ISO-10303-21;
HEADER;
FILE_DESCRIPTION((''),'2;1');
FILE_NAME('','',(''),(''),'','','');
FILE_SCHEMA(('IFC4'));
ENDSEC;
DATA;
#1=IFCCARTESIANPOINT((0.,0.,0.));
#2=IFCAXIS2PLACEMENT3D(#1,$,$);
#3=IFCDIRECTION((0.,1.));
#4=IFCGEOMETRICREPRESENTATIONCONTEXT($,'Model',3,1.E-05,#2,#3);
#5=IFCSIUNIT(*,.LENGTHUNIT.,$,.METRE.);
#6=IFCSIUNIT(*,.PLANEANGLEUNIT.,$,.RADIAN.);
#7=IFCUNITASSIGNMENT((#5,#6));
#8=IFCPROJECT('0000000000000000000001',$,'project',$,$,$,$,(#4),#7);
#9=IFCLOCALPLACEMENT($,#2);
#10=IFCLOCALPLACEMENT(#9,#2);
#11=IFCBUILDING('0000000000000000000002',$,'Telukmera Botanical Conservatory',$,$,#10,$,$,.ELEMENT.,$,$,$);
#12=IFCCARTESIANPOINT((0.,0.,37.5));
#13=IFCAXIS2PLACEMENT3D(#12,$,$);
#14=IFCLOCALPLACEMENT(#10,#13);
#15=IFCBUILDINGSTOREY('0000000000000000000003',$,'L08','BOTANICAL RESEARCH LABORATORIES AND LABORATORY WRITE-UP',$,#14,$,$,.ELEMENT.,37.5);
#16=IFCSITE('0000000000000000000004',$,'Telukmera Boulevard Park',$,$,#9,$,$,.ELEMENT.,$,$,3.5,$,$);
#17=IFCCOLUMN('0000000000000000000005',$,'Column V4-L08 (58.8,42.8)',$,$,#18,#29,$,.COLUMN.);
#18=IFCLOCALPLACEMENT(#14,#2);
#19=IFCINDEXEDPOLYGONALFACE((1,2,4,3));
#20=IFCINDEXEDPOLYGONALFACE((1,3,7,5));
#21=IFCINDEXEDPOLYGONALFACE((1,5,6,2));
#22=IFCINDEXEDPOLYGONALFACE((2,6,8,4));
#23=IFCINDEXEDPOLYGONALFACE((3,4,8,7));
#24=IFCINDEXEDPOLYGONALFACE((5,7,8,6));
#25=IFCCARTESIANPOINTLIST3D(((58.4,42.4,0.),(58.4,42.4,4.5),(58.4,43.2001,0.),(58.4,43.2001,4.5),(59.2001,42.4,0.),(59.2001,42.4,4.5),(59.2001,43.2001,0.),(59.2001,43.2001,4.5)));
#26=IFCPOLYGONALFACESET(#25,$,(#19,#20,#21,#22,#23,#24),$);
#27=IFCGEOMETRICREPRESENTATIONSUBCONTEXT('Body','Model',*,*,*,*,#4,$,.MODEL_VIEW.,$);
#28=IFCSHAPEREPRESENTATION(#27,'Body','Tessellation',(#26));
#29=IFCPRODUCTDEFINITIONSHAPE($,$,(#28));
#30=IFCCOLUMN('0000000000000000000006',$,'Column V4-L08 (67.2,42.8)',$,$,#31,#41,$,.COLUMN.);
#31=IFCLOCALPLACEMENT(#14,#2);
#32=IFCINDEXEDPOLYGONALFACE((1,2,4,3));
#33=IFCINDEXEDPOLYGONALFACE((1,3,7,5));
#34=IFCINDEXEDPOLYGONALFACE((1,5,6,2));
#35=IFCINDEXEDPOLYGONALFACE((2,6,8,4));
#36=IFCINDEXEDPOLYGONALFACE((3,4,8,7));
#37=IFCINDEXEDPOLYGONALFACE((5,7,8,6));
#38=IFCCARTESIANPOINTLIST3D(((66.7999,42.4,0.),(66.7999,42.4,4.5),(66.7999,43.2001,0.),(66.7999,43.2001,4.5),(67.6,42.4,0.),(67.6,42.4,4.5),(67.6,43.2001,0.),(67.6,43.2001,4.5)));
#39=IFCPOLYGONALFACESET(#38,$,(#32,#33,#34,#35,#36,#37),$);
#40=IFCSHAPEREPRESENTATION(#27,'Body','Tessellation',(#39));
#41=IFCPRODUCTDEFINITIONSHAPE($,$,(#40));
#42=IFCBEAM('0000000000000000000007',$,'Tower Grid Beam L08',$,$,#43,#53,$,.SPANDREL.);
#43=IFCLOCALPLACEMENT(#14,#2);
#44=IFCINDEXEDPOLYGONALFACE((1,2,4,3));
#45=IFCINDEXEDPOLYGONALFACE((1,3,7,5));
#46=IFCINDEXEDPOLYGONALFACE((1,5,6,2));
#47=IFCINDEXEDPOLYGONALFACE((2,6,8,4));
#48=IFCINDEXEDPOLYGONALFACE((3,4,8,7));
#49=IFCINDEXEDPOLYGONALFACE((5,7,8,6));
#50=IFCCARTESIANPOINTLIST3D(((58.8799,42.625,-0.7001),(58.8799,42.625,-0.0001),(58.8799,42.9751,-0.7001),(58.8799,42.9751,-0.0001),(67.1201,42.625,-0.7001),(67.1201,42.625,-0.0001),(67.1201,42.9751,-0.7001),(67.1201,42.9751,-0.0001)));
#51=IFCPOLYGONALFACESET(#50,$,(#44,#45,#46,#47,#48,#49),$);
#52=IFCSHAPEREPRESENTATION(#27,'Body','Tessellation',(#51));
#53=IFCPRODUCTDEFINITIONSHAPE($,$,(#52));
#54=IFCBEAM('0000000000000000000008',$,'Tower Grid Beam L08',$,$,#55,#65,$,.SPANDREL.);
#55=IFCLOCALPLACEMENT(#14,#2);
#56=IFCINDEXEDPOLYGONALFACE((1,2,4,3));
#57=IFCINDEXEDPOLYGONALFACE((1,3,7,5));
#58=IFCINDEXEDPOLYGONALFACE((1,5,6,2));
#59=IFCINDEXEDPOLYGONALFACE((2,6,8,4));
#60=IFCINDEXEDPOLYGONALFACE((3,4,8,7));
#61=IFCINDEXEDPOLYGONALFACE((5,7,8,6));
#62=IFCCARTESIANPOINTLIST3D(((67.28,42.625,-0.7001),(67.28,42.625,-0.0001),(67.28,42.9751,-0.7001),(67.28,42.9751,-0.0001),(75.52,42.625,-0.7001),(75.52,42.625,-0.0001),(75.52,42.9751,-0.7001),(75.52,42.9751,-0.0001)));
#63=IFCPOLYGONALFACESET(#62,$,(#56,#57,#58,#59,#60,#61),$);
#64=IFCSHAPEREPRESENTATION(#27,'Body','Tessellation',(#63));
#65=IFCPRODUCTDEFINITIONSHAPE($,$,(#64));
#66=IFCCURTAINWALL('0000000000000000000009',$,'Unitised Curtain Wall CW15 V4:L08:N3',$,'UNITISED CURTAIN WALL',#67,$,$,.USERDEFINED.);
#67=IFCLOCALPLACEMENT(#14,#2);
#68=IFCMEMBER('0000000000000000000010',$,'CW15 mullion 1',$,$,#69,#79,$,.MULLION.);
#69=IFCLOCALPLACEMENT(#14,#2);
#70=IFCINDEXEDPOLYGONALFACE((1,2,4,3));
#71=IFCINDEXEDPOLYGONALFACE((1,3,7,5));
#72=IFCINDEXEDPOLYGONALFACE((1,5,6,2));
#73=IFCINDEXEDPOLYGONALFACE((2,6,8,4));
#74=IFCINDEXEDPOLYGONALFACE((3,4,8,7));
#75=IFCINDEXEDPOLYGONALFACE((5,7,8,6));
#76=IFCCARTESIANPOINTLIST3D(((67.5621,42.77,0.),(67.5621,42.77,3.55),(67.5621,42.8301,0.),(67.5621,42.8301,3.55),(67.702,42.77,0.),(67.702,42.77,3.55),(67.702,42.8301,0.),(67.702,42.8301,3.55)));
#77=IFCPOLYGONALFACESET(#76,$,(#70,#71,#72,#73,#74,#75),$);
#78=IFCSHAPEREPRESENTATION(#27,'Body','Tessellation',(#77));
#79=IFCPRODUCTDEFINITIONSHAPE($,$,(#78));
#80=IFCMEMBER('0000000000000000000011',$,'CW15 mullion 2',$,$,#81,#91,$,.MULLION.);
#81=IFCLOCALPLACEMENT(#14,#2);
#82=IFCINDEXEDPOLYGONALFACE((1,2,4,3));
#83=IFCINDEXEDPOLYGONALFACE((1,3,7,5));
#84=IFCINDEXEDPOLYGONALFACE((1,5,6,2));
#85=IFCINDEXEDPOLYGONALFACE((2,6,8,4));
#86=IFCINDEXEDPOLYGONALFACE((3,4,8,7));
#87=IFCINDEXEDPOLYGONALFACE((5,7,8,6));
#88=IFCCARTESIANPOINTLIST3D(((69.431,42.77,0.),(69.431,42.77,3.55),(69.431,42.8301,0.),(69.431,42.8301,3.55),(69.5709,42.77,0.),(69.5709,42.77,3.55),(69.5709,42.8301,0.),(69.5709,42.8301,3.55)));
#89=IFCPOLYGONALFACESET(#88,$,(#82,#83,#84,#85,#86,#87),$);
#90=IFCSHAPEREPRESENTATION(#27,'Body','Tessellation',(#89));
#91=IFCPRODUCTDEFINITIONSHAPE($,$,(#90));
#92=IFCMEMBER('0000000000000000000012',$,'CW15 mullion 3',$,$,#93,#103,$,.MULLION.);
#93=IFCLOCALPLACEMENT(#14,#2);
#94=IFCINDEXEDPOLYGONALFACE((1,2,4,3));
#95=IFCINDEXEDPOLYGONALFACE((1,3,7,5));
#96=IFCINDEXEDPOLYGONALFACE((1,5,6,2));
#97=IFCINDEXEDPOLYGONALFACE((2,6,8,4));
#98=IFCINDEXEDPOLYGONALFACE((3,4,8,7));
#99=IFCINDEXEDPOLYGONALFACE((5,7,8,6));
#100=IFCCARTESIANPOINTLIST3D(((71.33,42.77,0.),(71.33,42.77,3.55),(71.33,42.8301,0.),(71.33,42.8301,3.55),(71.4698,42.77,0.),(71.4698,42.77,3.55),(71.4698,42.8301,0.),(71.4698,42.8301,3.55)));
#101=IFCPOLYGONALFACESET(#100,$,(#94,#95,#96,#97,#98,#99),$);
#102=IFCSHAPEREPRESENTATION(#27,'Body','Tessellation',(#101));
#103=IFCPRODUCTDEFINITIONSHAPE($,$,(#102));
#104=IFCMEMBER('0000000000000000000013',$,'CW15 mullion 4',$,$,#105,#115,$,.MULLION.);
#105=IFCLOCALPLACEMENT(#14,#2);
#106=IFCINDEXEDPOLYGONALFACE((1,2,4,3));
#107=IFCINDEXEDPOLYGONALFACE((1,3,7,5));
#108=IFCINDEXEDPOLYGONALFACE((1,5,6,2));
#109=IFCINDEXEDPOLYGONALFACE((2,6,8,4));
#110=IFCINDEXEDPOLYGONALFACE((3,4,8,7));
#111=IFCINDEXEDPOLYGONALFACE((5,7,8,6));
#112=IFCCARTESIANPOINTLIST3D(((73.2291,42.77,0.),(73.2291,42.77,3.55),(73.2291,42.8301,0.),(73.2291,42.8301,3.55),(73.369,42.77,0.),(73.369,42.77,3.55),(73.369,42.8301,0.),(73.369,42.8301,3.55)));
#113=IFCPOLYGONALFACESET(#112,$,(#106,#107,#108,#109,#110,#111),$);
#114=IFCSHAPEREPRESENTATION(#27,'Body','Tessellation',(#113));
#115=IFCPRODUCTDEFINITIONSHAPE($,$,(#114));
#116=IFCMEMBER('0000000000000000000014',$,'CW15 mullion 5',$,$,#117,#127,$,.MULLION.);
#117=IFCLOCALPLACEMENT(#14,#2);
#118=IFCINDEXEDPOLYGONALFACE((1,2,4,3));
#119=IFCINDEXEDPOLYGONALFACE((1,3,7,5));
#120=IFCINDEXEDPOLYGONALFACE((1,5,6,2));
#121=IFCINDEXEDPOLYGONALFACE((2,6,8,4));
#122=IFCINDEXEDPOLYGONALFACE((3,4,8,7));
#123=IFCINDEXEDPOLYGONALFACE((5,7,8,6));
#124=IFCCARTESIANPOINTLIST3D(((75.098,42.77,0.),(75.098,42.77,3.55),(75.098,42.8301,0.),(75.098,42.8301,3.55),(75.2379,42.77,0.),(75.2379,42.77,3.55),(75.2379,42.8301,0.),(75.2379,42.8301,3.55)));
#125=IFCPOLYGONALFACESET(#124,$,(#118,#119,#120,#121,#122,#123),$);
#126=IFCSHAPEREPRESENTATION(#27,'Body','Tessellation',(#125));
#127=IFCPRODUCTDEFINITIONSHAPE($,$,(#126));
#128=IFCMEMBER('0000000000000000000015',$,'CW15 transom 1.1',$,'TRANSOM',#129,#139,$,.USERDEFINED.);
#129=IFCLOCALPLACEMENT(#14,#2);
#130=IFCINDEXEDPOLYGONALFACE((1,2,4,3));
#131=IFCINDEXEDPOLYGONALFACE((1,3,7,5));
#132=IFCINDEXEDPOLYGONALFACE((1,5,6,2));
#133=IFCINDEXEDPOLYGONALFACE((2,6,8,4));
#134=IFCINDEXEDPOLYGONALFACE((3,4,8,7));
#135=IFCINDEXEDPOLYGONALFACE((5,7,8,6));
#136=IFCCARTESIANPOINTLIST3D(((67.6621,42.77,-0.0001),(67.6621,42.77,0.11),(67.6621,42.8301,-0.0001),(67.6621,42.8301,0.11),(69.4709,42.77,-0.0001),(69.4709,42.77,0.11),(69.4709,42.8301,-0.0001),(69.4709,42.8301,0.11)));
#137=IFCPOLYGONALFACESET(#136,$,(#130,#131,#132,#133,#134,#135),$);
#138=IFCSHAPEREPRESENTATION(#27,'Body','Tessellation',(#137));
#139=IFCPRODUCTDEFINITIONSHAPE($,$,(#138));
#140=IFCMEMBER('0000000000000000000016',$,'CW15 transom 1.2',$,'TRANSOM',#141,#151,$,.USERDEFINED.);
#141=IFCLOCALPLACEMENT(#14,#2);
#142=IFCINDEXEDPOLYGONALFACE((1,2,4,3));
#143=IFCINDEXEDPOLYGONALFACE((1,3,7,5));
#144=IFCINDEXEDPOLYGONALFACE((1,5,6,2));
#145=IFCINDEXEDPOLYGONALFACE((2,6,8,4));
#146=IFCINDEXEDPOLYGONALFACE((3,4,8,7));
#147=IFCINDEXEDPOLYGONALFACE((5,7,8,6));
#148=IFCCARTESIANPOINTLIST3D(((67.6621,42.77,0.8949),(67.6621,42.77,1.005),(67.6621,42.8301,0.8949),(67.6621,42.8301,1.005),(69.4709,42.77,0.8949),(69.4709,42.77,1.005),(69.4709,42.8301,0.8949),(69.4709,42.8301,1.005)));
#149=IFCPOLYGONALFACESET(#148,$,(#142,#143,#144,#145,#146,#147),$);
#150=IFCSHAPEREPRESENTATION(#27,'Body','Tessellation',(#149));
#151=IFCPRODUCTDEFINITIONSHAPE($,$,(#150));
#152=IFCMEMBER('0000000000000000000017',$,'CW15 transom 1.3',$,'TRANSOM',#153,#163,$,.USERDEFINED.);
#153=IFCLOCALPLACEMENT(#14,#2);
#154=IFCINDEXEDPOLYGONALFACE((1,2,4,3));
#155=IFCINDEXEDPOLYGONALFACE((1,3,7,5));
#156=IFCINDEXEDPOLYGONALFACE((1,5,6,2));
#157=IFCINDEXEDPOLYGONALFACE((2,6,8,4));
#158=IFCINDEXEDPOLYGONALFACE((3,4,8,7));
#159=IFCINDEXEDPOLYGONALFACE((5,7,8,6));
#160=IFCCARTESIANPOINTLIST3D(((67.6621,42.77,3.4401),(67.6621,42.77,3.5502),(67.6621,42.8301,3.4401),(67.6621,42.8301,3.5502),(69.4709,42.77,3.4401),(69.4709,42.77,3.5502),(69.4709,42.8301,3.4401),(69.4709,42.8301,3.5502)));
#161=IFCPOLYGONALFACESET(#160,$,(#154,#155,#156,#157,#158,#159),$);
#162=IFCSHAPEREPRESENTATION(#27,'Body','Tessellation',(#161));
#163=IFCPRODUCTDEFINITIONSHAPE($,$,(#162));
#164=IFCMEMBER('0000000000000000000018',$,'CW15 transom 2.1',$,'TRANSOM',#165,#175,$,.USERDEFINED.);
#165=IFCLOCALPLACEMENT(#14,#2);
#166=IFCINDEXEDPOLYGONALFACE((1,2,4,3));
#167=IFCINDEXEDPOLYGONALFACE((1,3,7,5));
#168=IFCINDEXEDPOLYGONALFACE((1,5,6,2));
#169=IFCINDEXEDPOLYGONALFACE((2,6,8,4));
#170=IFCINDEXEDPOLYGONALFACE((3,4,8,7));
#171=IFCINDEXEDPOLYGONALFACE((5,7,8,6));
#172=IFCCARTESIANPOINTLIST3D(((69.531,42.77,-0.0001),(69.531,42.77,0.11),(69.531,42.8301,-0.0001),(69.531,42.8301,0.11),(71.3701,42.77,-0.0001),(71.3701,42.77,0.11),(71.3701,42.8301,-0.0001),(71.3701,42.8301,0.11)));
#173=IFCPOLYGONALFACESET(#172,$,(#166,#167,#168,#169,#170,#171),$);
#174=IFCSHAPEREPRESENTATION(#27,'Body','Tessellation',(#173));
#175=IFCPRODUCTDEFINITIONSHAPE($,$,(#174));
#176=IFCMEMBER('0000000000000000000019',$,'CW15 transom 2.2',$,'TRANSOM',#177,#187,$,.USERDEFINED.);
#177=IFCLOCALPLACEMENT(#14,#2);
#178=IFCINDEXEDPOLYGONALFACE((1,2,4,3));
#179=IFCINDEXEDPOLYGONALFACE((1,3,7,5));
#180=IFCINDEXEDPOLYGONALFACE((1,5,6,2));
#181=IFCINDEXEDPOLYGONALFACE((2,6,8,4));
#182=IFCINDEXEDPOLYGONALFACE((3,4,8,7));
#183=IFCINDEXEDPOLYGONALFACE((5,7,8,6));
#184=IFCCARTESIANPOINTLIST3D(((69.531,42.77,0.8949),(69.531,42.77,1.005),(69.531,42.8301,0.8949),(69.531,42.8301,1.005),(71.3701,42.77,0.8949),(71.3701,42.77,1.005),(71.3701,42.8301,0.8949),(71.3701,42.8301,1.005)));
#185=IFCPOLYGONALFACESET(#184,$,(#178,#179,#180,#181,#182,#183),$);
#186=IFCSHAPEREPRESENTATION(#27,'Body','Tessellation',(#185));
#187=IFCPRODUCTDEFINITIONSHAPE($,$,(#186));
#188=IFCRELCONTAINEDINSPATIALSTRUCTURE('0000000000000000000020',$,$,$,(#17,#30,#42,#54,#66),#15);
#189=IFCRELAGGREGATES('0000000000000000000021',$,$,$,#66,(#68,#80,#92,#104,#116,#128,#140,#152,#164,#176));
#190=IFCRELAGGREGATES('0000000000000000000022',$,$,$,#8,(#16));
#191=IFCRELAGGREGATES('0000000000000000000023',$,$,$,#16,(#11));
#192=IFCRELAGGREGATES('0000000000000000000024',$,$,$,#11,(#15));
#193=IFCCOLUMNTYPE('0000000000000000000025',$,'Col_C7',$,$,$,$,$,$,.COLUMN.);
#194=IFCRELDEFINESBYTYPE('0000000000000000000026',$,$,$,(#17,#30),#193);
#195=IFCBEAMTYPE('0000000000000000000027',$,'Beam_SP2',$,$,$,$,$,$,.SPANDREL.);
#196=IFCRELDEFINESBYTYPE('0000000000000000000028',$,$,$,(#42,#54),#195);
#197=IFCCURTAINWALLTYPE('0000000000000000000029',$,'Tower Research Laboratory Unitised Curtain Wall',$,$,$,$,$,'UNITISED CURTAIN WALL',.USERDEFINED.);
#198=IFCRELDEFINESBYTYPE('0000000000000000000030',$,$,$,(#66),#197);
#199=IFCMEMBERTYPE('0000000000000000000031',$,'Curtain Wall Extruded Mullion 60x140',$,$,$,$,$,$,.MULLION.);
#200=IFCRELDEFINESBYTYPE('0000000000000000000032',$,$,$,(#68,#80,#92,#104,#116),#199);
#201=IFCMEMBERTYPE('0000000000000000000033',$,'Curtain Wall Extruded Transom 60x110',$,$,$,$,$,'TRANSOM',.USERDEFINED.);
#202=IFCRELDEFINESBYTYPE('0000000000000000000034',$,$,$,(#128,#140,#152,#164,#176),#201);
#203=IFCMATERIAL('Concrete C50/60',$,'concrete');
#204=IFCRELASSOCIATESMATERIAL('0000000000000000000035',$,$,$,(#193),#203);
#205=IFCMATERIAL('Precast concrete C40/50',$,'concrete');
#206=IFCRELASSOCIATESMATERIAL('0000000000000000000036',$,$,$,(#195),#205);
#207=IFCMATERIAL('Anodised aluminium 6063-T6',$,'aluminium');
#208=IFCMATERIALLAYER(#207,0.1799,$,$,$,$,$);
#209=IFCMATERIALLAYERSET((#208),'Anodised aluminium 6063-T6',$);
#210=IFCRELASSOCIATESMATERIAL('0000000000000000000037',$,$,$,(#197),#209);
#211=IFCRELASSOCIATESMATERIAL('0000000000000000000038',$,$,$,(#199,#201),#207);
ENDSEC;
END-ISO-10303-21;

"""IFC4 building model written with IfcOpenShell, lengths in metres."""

from ifc_helpers import new_model, si_unit, direction, frame, origin, origin_2d, place, context, subcontext, project, spatial, rectangle, extrude, material, layer, layer_set, material_profile, profile_set, type_object, element, aggregate, save


model = new_model("IFC4")

# Units and contexts
model_context = context("Model", 3, precision=1e-05, world=origin(), true_north=direction((0.0, 1.0)))
body_context = subcontext(model_context, "Body", "Model", "MODEL_VIEW")
ifc_project = project(units=[si_unit("LENGTHUNIT", "METRE"), si_unit("PLANEANGLEUNIT", "RADIAN")], contexts=[model_context])

# Site, building, storey
site_placement = place(None, origin())
site = spatial("IfcSite", under=ifc_project, at=site_placement, Name="Telukmera Boulevard Park", CompositionType="ELEMENT", RefElevation=3.5)
building_placement = place(site_placement, origin())
building = spatial("IfcBuilding", under=site, at=building_placement, Name="Telukmera Botanical Conservatory", CompositionType="ELEMENT")
storey_placement = place(building_placement, frame((0.0, 0.0, 37.5)))
storey = spatial("IfcBuildingStorey", under=building, at=storey_placement, Name="L08", Description="BOTANICAL RESEARCH LABORATORIES AND LABORATORY WRITE-UP", CompositionType="ELEMENT", Elevation=37.5)

# Columns
ifc_material_1 = material(Name="Concrete C50/60", Category="concrete")
ifc_material_profile_1 = material_profile(ifc_material_1, rectangle(XDim=0.8, YDim=0.8, at=origin_2d()), Name="RC 800x800")
ifc_profile_set_1 = profile_set([ifc_material_profile_1], Name="Concrete C50/60")
column_type = type_object("IfcColumnType", Name="Col_C7", PredefinedType="COLUMN", material=ifc_profile_set_1)
for number, where, z_axis, x_axis, name in (
    (1, (58.8, 42.8, 0.0), (0.0, 0.0, 1.0), (1.0, 0.0, 0.0), "Column V4-L08 (58.8,42.8)"),
    (2, (67.2, 42.8, 0.0), (0.0, 0.0, 1.0), (1.0, 0.0, 0.0), "Column V4-L08 (67.2,42.8)"),
):
    element("IfcColumn", number, at=place(storey_placement, frame(where, z_axis=z_axis, x_axis=x_axis)), inside=storey, type_object=column_type, Name=name, PredefinedType="COLUMN", context=body_context, shape_type="SweptSolid", body=[
        extrude(rectangle(XDim=0.8, YDim=0.8, at=origin_2d()), origin(), (0.0, 0.0, 1.0), 4.5),
    ])

# Beams
ifc_material_2 = material(Name="Precast concrete C40/50", Category="concrete")
ifc_material_profile_2 = material_profile(ifc_material_2, rectangle(XDim=0.3501, YDim=0.7, at=origin_2d()), Name="PC 350x700")
ifc_profile_set_2 = profile_set([ifc_material_profile_2], Name="Precast concrete C40/50")
beam_type = type_object("IfcBeamType", Name="Beam_SP2", PredefinedType="SPANDREL", material=ifc_profile_set_2)
beam_1_placement = place(storey_placement, frame((58.8799, 42.8, -0.3501), z_axis=(1.0, 0.0, 0.0), x_axis=(0.0, 1.0, 0.0)))
element("IfcBeam", 3, at=beam_1_placement, inside=storey, type_object=beam_type, Name="Tower Grid Beam L08", PredefinedType="SPANDREL", context=body_context, shape_type="SweptSolid", body=[
    extrude(rectangle(XDim=0.3501, YDim=0.7, at=origin_2d()), origin(), (0.0, 0.0, 1.0), 8.2402),
])
beam_2_placement = place(storey_placement, frame((67.28, 42.8, -0.3501), z_axis=(1.0, 0.0, 0.0), x_axis=(0.0, 1.0, 0.0)))
element("IfcBeam", 4, at=beam_2_placement, inside=storey, type_object=beam_type, Name="Tower Grid Beam L08", PredefinedType="SPANDREL", context=body_context, shape_type="SweptSolid", body=[
    extrude(rectangle(XDim=0.3501, YDim=0.7, at=origin_2d()), origin(), (0.0, 0.0, 1.0), 8.24),
])

# Curtain wall, members
ifc_material_3 = material(Name="Anodised aluminium 6063-T6", Category="aluminium")
ifc_layer_1 = layer(ifc_material_3, 0.1799)
ifc_layer_set_1 = layer_set([ifc_layer_1], Name="Anodised aluminium 6063-T6")
curtain_wall_type = type_object("IfcCurtainWallType", Name="Tower Research Laboratory Unitised Curtain Wall", ElementType="UNITISED CURTAIN WALL", PredefinedType="USERDEFINED", material=ifc_layer_set_1)
curtain_wall_placement = place(storey_placement, origin())
curtain_wall = element("IfcCurtainWall", 5, at=curtain_wall_placement, inside=storey, type_object=curtain_wall_type, Name="Unitised Curtain Wall CW15 V4:L08:N3", ObjectType="UNITISED CURTAIN WALL", PredefinedType="USERDEFINED")
ifc_material_profile_3 = material_profile(ifc_material_3, rectangle(XDim=0.0601, YDim=0.1399, at=origin_2d()), Name="ALU MULL 60x140")
ifc_profile_set_3 = profile_set([ifc_material_profile_3], Name="Anodised aluminium 6063-T6")
member_type_1 = type_object("IfcMemberType", Name="Curtain Wall Extruded Mullion 60x140", PredefinedType="MULLION", material=ifc_profile_set_3)
member_1_placement = place(storey_placement, frame((67.6321, 42.8, 0.0), z_axis=(0.0, 0.0, 1.0), x_axis=(0.0, 1.0, 0.0)))
member_1 = element("IfcMember", 6, at=member_1_placement, type_object=member_type_1, Name="CW15 mullion 1", PredefinedType="MULLION", context=body_context, shape_type="SweptSolid", body=[
    extrude(rectangle(XDim=0.0601, YDim=0.1399, at=origin_2d()), origin(), (0.0, 0.0, 1.0), 3.55),
])
member_2_placement = place(storey_placement, frame((69.501, 42.8, 0.0), z_axis=(0.0, 0.0, 1.0), x_axis=(0.0, 1.0, 0.0)))
member_2 = element("IfcMember", 7, at=member_2_placement, type_object=member_type_1, Name="CW15 mullion 2", PredefinedType="MULLION", context=body_context, shape_type="SweptSolid", body=[
    extrude(rectangle(XDim=0.0601, YDim=0.1399, at=origin_2d()), origin(), (0.0, 0.0, 1.0), 3.55),
])
member_3_placement = place(storey_placement, frame((71.3999, 42.8, 0.0), z_axis=(0.0, 0.0, 1.0), x_axis=(0.0, 1.0, 0.0)))
member_3 = element("IfcMember", 8, at=member_3_placement, type_object=member_type_1, Name="CW15 mullion 3", PredefinedType="MULLION", context=body_context, shape_type="SweptSolid", body=[
    extrude(rectangle(XDim=0.0601, YDim=0.1399, at=origin_2d()), origin(), (0.0, 0.0, 1.0), 3.55),
])
member_4_placement = place(storey_placement, frame((73.2991, 42.8, 0.0), z_axis=(0.0, 0.0, 1.0), x_axis=(0.0, 1.0, 0.0)))
member_4 = element("IfcMember", 9, at=member_4_placement, type_object=member_type_1, Name="CW15 mullion 4", PredefinedType="MULLION", context=body_context, shape_type="SweptSolid", body=[
    extrude(rectangle(XDim=0.0601, YDim=0.1399, at=origin_2d()), origin(), (0.0, 0.0, 1.0), 3.55),
])
member_5_placement = place(storey_placement, frame((75.168, 42.8, 0.0), z_axis=(0.0, 0.0, 1.0), x_axis=(0.0, 1.0, 0.0)))
member_5 = element("IfcMember", 10, at=member_5_placement, type_object=member_type_1, Name="CW15 mullion 5", PredefinedType="MULLION", context=body_context, shape_type="SweptSolid", body=[
    extrude(rectangle(XDim=0.0601, YDim=0.1399, at=origin_2d()), origin(), (0.0, 0.0, 1.0), 3.55),
])
ifc_material_profile_4 = material_profile(ifc_material_3, rectangle(XDim=0.0601, YDim=0.1101, at=origin_2d()), Name="ALU TRAN 60x110")
ifc_profile_set_4 = profile_set([ifc_material_profile_4], Name="Anodised aluminium 6063-T6")
member_type_2 = type_object("IfcMemberType", Name="Curtain Wall Extruded Transom 60x110", ElementType="TRANSOM", PredefinedType="USERDEFINED", material=ifc_profile_set_4)
member_6_placement = place(storey_placement, frame((67.6621, 42.8, 0.0549), z_axis=(1.0, 0.0, 0.0), x_axis=(0.0, 1.0, 0.0)))
member_6 = element("IfcMember", 11, at=member_6_placement, type_object=member_type_2, Name="CW15 transom 1.1", ObjectType="TRANSOM", PredefinedType="USERDEFINED", context=body_context, shape_type="SweptSolid", body=[
    extrude(rectangle(XDim=0.0601, YDim=0.1101, at=origin_2d()), origin(), (0.0, 0.0, 1.0), 1.8088),
])
member_7_placement = place(storey_placement, frame((67.6621, 42.8, 0.95), z_axis=(1.0, 0.0, 0.0), x_axis=(0.0, 1.0, 0.0)))
member_7 = element("IfcMember", 12, at=member_7_placement, type_object=member_type_2, Name="CW15 transom 1.2", ObjectType="TRANSOM", PredefinedType="USERDEFINED", context=body_context, shape_type="SweptSolid", body=[
    extrude(rectangle(XDim=0.0601, YDim=0.1101, at=origin_2d()), origin(), (0.0, 0.0, 1.0), 1.8088),
])
member_8_placement = place(storey_placement, frame((67.6621, 42.8, 3.4951), z_axis=(1.0, 0.0, 0.0), x_axis=(0.0, 1.0, 0.0)))
member_8 = element("IfcMember", 13, at=member_8_placement, type_object=member_type_2, Name="CW15 transom 1.3", ObjectType="TRANSOM", PredefinedType="USERDEFINED", context=body_context, shape_type="SweptSolid", body=[
    extrude(rectangle(XDim=0.0601, YDim=0.1101, at=origin_2d()), origin(), (0.0, 0.0, 1.0), 1.8088),
])
member_9_placement = place(storey_placement, frame((69.531, 42.8, 0.0549), z_axis=(1.0, 0.0, 0.0), x_axis=(0.0, 1.0, 0.0)))
member_9 = element("IfcMember", 14, at=member_9_placement, type_object=member_type_2, Name="CW15 transom 2.1", ObjectType="TRANSOM", PredefinedType="USERDEFINED", context=body_context, shape_type="SweptSolid", body=[
    extrude(rectangle(XDim=0.0601, YDim=0.1101, at=origin_2d()), origin(), (0.0, 0.0, 1.0), 1.8391),
])
member_10_placement = place(storey_placement, frame((69.531, 42.8, 0.95), z_axis=(1.0, 0.0, 0.0), x_axis=(0.0, 1.0, 0.0)))
member_10 = element("IfcMember", 15, at=member_10_placement, type_object=member_type_2, Name="CW15 transom 2.2", ObjectType="TRANSOM", PredefinedType="USERDEFINED", context=body_context, shape_type="SweptSolid", body=[
    extrude(rectangle(XDim=0.0601, YDim=0.1101, at=origin_2d()), origin(), (0.0, 0.0, 1.0), 1.8391),
])
aggregate(curtain_wall, [member_1, member_2, member_3, member_4, member_5, member_6, member_7, member_8, member_9, member_10])

save(model, "model.ifc")
